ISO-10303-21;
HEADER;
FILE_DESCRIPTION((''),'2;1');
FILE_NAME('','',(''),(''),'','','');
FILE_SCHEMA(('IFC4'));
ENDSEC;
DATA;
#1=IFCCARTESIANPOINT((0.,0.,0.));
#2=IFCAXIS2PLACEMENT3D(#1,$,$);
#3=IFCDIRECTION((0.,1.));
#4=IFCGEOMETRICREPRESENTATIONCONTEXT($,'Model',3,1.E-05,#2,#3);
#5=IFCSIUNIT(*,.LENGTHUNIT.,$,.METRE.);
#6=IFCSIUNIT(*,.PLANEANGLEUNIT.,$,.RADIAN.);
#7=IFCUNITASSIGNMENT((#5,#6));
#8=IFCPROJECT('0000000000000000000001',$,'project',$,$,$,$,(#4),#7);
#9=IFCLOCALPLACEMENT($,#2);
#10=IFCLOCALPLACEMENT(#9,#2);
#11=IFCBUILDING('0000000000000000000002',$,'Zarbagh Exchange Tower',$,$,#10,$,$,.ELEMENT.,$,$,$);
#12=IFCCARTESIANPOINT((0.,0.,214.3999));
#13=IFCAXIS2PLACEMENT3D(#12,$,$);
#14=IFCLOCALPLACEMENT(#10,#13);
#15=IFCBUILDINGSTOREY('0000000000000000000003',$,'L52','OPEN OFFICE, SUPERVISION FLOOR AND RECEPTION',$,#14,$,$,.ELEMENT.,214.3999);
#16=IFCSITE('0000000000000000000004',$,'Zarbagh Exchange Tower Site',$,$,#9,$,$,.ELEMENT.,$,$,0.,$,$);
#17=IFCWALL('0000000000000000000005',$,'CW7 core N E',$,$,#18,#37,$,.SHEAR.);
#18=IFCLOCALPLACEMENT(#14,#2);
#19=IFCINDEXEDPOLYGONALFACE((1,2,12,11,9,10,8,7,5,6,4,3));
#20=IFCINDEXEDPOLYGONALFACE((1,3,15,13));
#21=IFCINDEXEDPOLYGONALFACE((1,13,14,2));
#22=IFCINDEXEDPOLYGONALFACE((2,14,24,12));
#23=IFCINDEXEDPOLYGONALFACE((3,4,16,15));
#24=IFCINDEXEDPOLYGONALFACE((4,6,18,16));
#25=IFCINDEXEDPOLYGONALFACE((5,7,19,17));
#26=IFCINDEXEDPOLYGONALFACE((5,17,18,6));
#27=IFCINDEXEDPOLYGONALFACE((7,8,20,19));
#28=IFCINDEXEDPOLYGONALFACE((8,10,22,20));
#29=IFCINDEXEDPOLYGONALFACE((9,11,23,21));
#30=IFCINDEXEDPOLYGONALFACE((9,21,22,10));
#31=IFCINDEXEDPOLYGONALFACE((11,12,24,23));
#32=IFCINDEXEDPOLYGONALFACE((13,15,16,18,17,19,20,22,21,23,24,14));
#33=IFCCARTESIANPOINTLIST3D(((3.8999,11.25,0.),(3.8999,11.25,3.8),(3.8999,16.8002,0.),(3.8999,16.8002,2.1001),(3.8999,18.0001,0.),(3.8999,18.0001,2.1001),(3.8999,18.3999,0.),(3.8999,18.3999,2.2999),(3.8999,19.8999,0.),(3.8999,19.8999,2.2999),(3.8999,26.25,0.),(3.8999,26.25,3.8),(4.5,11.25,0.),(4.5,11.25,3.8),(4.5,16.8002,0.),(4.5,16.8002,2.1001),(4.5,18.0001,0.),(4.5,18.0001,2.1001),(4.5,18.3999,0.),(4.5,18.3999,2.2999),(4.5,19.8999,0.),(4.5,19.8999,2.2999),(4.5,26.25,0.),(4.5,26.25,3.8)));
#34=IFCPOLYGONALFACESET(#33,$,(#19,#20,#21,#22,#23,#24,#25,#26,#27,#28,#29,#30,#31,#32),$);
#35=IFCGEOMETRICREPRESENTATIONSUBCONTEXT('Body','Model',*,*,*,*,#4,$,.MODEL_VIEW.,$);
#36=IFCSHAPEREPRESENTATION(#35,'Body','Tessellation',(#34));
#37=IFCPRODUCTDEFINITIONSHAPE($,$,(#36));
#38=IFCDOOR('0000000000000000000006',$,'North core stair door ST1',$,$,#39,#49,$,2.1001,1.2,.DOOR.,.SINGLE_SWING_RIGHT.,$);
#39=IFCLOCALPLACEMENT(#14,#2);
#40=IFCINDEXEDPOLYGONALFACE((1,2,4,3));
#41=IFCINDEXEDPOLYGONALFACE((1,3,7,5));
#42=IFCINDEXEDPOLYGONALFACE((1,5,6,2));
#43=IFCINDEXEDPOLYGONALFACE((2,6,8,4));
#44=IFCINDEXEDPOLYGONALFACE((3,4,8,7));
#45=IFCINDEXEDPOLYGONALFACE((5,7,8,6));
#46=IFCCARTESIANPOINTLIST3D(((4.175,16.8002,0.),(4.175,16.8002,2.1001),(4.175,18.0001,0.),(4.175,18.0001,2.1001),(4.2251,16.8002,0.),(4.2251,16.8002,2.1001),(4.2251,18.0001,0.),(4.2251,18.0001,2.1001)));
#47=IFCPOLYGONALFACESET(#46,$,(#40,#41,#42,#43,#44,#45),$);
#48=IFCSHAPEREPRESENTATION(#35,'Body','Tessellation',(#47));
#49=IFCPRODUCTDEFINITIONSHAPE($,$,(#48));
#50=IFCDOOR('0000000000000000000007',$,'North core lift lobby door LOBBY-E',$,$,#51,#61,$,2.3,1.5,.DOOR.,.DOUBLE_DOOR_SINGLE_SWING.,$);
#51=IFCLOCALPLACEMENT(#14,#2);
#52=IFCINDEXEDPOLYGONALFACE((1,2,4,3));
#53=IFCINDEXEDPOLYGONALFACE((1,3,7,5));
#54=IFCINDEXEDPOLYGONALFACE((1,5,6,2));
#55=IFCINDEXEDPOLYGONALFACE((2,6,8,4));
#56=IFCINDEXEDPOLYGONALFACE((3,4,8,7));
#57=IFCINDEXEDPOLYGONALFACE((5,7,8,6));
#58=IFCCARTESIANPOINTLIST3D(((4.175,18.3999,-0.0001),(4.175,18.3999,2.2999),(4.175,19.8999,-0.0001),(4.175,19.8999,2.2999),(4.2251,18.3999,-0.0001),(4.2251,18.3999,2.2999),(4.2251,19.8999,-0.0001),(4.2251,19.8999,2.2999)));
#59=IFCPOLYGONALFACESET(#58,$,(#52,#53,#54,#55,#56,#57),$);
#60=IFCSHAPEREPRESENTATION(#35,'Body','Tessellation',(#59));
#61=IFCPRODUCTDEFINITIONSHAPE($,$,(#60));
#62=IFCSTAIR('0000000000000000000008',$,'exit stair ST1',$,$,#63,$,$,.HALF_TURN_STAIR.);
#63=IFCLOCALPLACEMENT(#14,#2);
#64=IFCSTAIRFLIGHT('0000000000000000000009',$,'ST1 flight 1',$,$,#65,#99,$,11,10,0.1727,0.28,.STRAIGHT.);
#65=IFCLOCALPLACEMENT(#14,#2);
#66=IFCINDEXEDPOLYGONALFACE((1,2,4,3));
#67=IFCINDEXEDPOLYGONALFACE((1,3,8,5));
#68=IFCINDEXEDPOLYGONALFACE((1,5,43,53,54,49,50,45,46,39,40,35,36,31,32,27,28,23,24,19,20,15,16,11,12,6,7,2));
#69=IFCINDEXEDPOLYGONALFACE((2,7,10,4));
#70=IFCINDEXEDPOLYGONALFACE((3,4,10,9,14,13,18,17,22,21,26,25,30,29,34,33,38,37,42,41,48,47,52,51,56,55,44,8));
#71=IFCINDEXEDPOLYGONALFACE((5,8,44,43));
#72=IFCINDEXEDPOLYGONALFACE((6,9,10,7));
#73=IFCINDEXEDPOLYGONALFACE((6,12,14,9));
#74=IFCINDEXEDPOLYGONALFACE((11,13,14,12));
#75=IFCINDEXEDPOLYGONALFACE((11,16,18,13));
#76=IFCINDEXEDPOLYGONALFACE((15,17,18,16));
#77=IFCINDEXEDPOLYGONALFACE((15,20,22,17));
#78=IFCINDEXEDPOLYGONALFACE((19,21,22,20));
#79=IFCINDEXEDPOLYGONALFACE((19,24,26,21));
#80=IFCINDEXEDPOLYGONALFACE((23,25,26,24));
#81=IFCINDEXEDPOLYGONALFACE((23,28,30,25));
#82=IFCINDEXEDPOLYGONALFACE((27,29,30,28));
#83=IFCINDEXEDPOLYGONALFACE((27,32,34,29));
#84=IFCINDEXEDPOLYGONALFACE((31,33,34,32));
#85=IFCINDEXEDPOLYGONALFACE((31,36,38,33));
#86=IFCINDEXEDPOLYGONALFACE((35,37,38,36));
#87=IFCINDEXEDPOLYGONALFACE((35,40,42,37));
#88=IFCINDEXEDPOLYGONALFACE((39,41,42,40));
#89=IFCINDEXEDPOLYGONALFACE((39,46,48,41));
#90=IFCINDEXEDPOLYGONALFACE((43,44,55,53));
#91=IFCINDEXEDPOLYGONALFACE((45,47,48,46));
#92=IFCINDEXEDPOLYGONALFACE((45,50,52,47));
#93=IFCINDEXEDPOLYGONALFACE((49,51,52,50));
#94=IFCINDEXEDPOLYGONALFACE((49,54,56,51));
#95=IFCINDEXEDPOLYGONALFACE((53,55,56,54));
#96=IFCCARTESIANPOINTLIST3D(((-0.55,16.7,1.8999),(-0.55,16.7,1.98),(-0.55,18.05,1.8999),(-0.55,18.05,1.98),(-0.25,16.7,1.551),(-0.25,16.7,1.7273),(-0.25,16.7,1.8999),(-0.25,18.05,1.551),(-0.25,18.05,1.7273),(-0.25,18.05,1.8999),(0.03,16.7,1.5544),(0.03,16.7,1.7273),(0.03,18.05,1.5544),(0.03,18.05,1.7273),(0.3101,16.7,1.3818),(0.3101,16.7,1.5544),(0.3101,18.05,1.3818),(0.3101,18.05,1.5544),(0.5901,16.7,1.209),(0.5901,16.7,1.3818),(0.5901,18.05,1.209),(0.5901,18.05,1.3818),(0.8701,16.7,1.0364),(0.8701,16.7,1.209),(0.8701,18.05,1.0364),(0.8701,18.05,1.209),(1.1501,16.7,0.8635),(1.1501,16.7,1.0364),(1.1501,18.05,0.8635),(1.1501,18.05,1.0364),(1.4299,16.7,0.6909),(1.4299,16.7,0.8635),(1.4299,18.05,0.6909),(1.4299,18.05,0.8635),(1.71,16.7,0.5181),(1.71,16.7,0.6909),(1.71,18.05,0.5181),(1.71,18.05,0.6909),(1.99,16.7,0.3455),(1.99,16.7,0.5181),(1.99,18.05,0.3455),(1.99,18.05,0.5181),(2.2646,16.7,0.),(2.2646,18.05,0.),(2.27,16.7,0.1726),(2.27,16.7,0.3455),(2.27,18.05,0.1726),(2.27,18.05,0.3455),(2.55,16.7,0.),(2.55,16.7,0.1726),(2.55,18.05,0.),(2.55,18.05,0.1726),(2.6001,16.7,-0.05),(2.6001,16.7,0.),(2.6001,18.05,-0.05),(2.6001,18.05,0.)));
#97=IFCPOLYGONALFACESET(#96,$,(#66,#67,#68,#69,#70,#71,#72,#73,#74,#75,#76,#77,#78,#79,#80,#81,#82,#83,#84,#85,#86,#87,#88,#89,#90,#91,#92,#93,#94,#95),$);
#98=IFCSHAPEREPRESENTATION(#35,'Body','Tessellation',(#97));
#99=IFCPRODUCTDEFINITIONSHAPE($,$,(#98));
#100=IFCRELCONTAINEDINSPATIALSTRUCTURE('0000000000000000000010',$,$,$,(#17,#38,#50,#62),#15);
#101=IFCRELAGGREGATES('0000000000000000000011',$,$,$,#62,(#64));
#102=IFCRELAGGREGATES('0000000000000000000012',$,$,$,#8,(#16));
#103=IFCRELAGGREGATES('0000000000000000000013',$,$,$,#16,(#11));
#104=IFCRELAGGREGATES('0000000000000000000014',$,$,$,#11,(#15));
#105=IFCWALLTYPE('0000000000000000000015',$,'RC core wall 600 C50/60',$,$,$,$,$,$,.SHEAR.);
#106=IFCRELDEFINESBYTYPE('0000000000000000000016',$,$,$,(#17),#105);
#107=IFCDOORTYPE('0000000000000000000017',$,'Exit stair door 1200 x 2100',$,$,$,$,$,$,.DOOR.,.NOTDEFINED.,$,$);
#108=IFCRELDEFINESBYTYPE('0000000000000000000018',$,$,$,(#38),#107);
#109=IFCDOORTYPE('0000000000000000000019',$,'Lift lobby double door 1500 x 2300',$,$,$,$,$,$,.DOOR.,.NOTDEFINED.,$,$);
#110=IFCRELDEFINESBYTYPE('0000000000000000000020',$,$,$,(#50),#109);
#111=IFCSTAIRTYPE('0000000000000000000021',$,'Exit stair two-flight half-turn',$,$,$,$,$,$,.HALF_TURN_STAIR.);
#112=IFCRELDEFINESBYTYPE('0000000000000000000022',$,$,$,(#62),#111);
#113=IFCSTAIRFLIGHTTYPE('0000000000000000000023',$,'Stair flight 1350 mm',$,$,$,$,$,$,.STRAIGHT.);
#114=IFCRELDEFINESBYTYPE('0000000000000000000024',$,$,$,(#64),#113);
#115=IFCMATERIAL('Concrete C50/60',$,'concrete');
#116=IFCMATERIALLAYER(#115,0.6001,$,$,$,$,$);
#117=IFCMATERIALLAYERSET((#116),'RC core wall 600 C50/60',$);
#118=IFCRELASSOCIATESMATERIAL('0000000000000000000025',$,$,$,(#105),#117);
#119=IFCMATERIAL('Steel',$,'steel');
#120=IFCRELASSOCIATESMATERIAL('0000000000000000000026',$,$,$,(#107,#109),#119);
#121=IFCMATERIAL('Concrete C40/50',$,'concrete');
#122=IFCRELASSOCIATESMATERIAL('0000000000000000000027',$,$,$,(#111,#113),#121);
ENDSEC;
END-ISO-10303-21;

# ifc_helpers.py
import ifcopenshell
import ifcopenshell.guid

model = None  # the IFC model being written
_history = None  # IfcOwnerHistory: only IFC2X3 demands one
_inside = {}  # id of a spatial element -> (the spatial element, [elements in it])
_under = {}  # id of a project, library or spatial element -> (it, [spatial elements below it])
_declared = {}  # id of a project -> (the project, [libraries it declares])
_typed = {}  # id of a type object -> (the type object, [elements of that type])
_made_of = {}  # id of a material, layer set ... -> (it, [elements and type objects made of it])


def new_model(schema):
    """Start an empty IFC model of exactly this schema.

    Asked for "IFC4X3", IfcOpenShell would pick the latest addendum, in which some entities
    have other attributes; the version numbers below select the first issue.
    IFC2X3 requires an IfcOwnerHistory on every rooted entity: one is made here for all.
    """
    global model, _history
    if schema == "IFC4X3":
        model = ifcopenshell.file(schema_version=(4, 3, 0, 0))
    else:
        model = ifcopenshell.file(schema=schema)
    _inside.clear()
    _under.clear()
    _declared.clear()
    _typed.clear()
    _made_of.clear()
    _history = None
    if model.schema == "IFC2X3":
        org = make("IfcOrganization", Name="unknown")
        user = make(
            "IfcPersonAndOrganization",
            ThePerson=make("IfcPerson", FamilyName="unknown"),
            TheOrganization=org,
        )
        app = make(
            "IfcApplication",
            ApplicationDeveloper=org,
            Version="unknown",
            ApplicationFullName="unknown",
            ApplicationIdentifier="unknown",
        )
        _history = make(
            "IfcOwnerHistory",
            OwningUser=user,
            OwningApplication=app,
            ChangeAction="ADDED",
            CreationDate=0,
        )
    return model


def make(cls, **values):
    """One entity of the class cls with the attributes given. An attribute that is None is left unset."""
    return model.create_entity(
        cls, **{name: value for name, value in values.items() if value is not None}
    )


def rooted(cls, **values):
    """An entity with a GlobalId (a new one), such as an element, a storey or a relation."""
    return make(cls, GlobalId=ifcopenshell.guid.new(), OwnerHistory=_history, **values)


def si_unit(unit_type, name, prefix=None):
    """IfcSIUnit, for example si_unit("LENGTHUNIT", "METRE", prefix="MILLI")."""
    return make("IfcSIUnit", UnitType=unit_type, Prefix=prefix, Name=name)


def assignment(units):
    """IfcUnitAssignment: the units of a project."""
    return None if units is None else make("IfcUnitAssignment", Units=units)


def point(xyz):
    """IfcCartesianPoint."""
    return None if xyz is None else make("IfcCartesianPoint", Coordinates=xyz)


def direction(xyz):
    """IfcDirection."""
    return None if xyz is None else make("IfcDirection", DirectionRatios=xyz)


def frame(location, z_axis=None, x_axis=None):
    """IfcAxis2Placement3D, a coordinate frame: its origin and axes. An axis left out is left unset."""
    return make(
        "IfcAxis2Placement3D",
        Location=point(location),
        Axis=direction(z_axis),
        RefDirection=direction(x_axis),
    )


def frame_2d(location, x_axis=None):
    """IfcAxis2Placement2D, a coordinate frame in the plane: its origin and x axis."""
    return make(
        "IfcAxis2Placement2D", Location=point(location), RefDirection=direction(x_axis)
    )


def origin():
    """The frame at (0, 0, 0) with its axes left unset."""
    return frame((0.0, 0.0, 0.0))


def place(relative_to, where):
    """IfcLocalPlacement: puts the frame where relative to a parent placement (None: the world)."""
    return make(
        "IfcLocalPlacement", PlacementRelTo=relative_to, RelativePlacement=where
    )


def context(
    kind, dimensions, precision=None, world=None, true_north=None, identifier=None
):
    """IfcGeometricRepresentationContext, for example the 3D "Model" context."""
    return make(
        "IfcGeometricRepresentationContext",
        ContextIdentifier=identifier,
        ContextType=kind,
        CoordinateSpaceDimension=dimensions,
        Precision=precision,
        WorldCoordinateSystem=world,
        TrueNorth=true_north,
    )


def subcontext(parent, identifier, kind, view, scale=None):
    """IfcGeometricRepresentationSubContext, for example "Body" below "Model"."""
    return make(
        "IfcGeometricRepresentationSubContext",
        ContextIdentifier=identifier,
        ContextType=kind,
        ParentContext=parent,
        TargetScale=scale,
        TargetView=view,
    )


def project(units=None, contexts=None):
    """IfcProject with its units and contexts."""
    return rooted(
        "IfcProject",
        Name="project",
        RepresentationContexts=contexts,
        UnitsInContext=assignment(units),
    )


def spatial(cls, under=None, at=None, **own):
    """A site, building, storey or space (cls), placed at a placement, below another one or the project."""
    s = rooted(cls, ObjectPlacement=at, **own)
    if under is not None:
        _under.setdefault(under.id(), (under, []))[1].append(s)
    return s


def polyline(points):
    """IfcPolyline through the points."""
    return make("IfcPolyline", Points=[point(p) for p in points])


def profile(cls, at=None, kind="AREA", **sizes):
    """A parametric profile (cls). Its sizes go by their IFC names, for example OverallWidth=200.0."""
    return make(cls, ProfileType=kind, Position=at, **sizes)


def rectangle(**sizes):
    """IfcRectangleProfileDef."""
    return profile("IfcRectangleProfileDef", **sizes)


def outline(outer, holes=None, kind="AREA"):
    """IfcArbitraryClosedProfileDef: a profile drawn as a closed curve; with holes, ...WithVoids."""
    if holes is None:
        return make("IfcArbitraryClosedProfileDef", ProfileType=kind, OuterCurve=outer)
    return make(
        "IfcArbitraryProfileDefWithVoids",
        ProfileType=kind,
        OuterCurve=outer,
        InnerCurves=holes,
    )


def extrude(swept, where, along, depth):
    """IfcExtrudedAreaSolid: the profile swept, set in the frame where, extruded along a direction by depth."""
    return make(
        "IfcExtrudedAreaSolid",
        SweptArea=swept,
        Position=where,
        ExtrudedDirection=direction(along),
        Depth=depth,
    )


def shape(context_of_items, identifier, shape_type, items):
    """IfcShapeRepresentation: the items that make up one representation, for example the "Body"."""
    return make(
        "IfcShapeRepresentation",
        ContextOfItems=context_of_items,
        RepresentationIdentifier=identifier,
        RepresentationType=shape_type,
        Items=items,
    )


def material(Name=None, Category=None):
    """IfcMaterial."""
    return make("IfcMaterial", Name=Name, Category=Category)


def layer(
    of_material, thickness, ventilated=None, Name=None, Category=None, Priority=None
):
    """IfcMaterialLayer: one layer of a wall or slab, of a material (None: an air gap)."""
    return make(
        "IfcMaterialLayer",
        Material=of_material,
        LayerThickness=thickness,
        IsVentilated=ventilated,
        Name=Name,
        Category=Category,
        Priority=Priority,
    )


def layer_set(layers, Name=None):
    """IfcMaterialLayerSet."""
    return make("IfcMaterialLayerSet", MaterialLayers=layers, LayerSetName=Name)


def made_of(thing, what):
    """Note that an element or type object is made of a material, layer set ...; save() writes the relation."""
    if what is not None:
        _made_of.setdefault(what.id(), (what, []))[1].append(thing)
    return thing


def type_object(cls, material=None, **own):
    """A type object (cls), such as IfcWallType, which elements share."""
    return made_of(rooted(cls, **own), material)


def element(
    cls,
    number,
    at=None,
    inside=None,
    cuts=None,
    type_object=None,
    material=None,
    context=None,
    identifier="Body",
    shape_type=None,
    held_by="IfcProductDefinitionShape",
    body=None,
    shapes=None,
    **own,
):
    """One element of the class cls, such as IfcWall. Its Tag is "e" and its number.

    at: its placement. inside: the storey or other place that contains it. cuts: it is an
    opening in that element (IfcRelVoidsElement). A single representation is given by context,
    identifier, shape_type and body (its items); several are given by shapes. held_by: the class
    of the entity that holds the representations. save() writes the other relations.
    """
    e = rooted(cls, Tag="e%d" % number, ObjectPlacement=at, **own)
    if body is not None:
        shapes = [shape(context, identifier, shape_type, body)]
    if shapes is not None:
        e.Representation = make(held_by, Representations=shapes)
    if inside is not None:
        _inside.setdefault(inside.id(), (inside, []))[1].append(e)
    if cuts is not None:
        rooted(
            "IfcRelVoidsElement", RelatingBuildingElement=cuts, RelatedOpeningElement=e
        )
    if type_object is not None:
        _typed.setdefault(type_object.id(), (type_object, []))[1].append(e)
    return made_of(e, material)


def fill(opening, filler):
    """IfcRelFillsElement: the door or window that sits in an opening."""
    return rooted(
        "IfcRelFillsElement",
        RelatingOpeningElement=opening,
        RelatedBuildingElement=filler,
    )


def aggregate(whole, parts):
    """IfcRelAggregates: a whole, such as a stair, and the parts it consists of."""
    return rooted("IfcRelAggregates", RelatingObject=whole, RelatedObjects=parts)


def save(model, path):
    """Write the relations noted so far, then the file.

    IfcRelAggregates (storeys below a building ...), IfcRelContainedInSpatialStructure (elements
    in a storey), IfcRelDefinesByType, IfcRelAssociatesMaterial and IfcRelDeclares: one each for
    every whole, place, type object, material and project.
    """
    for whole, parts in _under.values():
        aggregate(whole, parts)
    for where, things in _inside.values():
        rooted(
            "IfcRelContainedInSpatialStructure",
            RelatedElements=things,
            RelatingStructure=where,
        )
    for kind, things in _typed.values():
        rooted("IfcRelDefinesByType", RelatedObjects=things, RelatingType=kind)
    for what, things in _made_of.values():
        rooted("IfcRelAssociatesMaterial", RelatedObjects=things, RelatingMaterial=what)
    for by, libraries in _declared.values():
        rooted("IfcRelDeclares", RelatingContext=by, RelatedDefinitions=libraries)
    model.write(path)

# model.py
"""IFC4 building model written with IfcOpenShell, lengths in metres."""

from ifc_helpers import new_model, si_unit, direction, frame, frame_2d, origin, place, context, subcontext, project, spatial, polyline, rectangle, outline, extrude, material, layer, layer_set, type_object, element, fill, aggregate, save


model = new_model("IFC4")

# Units and contexts
model_context = context("Model", 3, precision=1e-05, world=origin(), true_north=direction((0.0, 1.0)))
body_context = subcontext(model_context, "Body", "Model", "MODEL_VIEW")
ifc_project = project(units=[si_unit("LENGTHUNIT", "METRE"), si_unit("PLANEANGLEUNIT", "RADIAN")], contexts=[model_context])

# Site, building, storey
site_placement = place(None, origin())
site = spatial("IfcSite", under=ifc_project, at=site_placement, Name="Zarbagh Exchange Tower Site", CompositionType="ELEMENT", RefElevation=0.0)
building_placement = place(site_placement, origin())
building = spatial("IfcBuilding", under=site, at=building_placement, Name="Zarbagh Exchange Tower", CompositionType="ELEMENT")
storey_placement = place(building_placement, frame((0.0, 0.0, 214.3999)))
storey = spatial("IfcBuildingStorey", under=building, at=storey_placement, Name="L52", Description="OPEN OFFICE, SUPERVISION FLOOR AND RECEPTION", CompositionType="ELEMENT", Elevation=214.3999)

# Shared definitions
ifc_material_1 = material(Name="Concrete C50/60", Category="concrete")

# Wall, openings, doors
ifc_layer_1 = layer(ifc_material_1, 0.6001)
ifc_layer_set_1 = layer_set([ifc_layer_1], Name="RC core wall 600 C50/60")
wall_type_1 = type_object("IfcWallType", Name="RC core wall 600 C50/60", PredefinedType="SHEAR", material=ifc_layer_set_1)
wall_1_placement = place(storey_placement, frame((4.2, 11.25, 0.0), z_axis=(0.0, 0.0, 1.0), x_axis=(0.0, 1.0, 0.0)))
wall_1 = element("IfcWall", 1, at=wall_1_placement, inside=storey, type_object=wall_type_1, Name="CW7 core N E", PredefinedType="SHEAR", context=body_context, shape_type="SweptSolid", body=[
    extrude(rectangle(XDim=15.0, YDim=0.6001, at=frame_2d((7.5, 0.0))), origin(), (0.0, 0.0, 1.0), 3.8),
])
opening_1_placement = place(wall_1_placement, frame((7.1499, 0.0, 0.0)))
opening_1 = element("IfcOpeningElement", 2, at=opening_1_placement, cuts=wall_1, PredefinedType="OPENING", context=body_context, shape_type="SweptSolid", body=[
    extrude(rectangle(XDim=1.5, YDim=2.3, at=frame_2d((0.75, 1.1499))), frame((0.0, 0.3101, 0.0), z_axis=(0.0, -1.0, 0.0), x_axis=(1.0, 0.0, 0.0)), (0.0, 0.0, 1.0), 0.6201),
])
opening_2_placement = place(wall_1_placement, frame((5.55, 0.0, 0.0)))
opening_2 = element("IfcOpeningElement", 3, at=opening_2_placement, cuts=wall_1, PredefinedType="OPENING", context=body_context, shape_type="SweptSolid", body=[
    extrude(rectangle(XDim=1.2, YDim=2.1001, at=frame_2d((0.6001, 1.05))), frame((0.0, 0.3101, 0.0), z_axis=(0.0, -1.0, 0.0), x_axis=(1.0, 0.0, 0.0)), (0.0, 0.0, 1.0), 0.6201),
])
ifc_material_2 = material(Name="Steel", Category="steel")
door_type_1 = type_object("IfcDoorType", Name="Exit stair door 1200 x 2100", OperationType="NOTDEFINED", PredefinedType="DOOR", material=ifc_material_2)
door_1_placement = place(opening_2_placement, origin())
door_1 = element("IfcDoor", 4, at=door_1_placement, inside=storey, type_object=door_type_1, Name="North core stair door ST1", OperationType="SINGLE_SWING_RIGHT", OverallHeight=2.1001, OverallWidth=1.2, PredefinedType="DOOR", context=body_context, shape_type="SweptSolid", body=[
    extrude(rectangle(XDim=1.2, YDim=2.1001, at=frame_2d((0.6001, 1.05))), frame((0.0, 0.0249, 0.0), z_axis=(0.0, -1.0, 0.0), x_axis=(1.0, 0.0, 0.0)), (0.0, 0.0, 1.0), 0.05),
])
fill(opening_2, door_1)
door_type_2 = type_object("IfcDoorType", Name="Lift lobby double door 1500 x 2300", OperationType="NOTDEFINED", PredefinedType="DOOR", material=ifc_material_2)
door_2_placement = place(opening_1_placement, origin())
door_2 = element("IfcDoor", 5, at=door_2_placement, inside=storey, type_object=door_type_2, Name="North core lift lobby door LOBBY-E", OperationType="DOUBLE_DOOR_SINGLE_SWING", OverallHeight=2.3, OverallWidth=1.5, PredefinedType="DOOR", context=body_context, shape_type="SweptSolid", body=[
    extrude(rectangle(XDim=1.5, YDim=2.3, at=frame_2d((0.75, 1.1499))), frame((0.0, 0.0249, 0.0), z_axis=(0.0, -1.0, 0.0), x_axis=(1.0, 0.0, 0.0)), (0.0, 0.0, 1.0), 0.05),
])
fill(opening_1, door_2)

# Stair, stair flight
ifc_material_3 = material(Name="Concrete C40/50", Category="concrete")
stair_type = type_object("IfcStairType", Name="Exit stair two-flight half-turn", PredefinedType="HALF_TURN_STAIR", material=ifc_material_3)
stair_placement = place(storey_placement, origin())
stair = element("IfcStair", 6, at=stair_placement, inside=storey, type_object=stair_type, Name="exit stair ST1", PredefinedType="HALF_TURN_STAIR")
stair_flight_type = type_object("IfcStairFlightType", Name="Stair flight 1350 mm", PredefinedType="STRAIGHT", material=ifc_material_3)
stair_flight_placement = place(storey_placement, frame((2.55, 17.375, 0.0), z_axis=(0.0, 0.0, 1.0), x_axis=(-1.0, 0.0, 0.0)))
stair_flight = element("IfcStairFlight", 7, at=stair_flight_placement, type_object=stair_flight_type, Name="ST1 flight 1", NumberOfRisers=11, NumberOfTreads=10, PredefinedType="STRAIGHT", RiserHeight=0.1727, TreadLength=0.28, context=body_context, shape_type="SweptSolid", body=[
    extrude(outline(polyline([(-0.05, -0.05), (-0.05, 0.0), (0.0, 0.0), (0.0, 0.1726), (0.28, 0.1726), (0.28, 0.3455), (0.5601, 0.3455), (0.5601, 0.5181), (0.8401, 0.5181), (0.8401, 0.6909), (1.1201, 0.6909), (1.1201, 0.8635), (1.3999, 0.8635), (1.3999, 1.0364), (1.6799, 1.0364), (1.6799, 1.209), (1.96, 1.209), (1.96, 1.3818), (2.24, 1.3818), (2.24, 1.5544), (2.52, 1.5544), (2.52, 1.7273), (2.8, 1.7273), (2.8, 1.8999), (3.1001, 1.98), (3.1001, 1.8999), (2.8, 1.551), (0.2854, 0.0), (-0.05, -0.05)])), frame((0.0, 0.675, 0.0), z_axis=(0.0, -1.0, 0.0), x_axis=(1.0, 0.0, 0.0)), (0.0, 0.0, 1.0), 1.3501),
])
aggregate(stair, [stair_flight])

save(model, "model.ifc")
